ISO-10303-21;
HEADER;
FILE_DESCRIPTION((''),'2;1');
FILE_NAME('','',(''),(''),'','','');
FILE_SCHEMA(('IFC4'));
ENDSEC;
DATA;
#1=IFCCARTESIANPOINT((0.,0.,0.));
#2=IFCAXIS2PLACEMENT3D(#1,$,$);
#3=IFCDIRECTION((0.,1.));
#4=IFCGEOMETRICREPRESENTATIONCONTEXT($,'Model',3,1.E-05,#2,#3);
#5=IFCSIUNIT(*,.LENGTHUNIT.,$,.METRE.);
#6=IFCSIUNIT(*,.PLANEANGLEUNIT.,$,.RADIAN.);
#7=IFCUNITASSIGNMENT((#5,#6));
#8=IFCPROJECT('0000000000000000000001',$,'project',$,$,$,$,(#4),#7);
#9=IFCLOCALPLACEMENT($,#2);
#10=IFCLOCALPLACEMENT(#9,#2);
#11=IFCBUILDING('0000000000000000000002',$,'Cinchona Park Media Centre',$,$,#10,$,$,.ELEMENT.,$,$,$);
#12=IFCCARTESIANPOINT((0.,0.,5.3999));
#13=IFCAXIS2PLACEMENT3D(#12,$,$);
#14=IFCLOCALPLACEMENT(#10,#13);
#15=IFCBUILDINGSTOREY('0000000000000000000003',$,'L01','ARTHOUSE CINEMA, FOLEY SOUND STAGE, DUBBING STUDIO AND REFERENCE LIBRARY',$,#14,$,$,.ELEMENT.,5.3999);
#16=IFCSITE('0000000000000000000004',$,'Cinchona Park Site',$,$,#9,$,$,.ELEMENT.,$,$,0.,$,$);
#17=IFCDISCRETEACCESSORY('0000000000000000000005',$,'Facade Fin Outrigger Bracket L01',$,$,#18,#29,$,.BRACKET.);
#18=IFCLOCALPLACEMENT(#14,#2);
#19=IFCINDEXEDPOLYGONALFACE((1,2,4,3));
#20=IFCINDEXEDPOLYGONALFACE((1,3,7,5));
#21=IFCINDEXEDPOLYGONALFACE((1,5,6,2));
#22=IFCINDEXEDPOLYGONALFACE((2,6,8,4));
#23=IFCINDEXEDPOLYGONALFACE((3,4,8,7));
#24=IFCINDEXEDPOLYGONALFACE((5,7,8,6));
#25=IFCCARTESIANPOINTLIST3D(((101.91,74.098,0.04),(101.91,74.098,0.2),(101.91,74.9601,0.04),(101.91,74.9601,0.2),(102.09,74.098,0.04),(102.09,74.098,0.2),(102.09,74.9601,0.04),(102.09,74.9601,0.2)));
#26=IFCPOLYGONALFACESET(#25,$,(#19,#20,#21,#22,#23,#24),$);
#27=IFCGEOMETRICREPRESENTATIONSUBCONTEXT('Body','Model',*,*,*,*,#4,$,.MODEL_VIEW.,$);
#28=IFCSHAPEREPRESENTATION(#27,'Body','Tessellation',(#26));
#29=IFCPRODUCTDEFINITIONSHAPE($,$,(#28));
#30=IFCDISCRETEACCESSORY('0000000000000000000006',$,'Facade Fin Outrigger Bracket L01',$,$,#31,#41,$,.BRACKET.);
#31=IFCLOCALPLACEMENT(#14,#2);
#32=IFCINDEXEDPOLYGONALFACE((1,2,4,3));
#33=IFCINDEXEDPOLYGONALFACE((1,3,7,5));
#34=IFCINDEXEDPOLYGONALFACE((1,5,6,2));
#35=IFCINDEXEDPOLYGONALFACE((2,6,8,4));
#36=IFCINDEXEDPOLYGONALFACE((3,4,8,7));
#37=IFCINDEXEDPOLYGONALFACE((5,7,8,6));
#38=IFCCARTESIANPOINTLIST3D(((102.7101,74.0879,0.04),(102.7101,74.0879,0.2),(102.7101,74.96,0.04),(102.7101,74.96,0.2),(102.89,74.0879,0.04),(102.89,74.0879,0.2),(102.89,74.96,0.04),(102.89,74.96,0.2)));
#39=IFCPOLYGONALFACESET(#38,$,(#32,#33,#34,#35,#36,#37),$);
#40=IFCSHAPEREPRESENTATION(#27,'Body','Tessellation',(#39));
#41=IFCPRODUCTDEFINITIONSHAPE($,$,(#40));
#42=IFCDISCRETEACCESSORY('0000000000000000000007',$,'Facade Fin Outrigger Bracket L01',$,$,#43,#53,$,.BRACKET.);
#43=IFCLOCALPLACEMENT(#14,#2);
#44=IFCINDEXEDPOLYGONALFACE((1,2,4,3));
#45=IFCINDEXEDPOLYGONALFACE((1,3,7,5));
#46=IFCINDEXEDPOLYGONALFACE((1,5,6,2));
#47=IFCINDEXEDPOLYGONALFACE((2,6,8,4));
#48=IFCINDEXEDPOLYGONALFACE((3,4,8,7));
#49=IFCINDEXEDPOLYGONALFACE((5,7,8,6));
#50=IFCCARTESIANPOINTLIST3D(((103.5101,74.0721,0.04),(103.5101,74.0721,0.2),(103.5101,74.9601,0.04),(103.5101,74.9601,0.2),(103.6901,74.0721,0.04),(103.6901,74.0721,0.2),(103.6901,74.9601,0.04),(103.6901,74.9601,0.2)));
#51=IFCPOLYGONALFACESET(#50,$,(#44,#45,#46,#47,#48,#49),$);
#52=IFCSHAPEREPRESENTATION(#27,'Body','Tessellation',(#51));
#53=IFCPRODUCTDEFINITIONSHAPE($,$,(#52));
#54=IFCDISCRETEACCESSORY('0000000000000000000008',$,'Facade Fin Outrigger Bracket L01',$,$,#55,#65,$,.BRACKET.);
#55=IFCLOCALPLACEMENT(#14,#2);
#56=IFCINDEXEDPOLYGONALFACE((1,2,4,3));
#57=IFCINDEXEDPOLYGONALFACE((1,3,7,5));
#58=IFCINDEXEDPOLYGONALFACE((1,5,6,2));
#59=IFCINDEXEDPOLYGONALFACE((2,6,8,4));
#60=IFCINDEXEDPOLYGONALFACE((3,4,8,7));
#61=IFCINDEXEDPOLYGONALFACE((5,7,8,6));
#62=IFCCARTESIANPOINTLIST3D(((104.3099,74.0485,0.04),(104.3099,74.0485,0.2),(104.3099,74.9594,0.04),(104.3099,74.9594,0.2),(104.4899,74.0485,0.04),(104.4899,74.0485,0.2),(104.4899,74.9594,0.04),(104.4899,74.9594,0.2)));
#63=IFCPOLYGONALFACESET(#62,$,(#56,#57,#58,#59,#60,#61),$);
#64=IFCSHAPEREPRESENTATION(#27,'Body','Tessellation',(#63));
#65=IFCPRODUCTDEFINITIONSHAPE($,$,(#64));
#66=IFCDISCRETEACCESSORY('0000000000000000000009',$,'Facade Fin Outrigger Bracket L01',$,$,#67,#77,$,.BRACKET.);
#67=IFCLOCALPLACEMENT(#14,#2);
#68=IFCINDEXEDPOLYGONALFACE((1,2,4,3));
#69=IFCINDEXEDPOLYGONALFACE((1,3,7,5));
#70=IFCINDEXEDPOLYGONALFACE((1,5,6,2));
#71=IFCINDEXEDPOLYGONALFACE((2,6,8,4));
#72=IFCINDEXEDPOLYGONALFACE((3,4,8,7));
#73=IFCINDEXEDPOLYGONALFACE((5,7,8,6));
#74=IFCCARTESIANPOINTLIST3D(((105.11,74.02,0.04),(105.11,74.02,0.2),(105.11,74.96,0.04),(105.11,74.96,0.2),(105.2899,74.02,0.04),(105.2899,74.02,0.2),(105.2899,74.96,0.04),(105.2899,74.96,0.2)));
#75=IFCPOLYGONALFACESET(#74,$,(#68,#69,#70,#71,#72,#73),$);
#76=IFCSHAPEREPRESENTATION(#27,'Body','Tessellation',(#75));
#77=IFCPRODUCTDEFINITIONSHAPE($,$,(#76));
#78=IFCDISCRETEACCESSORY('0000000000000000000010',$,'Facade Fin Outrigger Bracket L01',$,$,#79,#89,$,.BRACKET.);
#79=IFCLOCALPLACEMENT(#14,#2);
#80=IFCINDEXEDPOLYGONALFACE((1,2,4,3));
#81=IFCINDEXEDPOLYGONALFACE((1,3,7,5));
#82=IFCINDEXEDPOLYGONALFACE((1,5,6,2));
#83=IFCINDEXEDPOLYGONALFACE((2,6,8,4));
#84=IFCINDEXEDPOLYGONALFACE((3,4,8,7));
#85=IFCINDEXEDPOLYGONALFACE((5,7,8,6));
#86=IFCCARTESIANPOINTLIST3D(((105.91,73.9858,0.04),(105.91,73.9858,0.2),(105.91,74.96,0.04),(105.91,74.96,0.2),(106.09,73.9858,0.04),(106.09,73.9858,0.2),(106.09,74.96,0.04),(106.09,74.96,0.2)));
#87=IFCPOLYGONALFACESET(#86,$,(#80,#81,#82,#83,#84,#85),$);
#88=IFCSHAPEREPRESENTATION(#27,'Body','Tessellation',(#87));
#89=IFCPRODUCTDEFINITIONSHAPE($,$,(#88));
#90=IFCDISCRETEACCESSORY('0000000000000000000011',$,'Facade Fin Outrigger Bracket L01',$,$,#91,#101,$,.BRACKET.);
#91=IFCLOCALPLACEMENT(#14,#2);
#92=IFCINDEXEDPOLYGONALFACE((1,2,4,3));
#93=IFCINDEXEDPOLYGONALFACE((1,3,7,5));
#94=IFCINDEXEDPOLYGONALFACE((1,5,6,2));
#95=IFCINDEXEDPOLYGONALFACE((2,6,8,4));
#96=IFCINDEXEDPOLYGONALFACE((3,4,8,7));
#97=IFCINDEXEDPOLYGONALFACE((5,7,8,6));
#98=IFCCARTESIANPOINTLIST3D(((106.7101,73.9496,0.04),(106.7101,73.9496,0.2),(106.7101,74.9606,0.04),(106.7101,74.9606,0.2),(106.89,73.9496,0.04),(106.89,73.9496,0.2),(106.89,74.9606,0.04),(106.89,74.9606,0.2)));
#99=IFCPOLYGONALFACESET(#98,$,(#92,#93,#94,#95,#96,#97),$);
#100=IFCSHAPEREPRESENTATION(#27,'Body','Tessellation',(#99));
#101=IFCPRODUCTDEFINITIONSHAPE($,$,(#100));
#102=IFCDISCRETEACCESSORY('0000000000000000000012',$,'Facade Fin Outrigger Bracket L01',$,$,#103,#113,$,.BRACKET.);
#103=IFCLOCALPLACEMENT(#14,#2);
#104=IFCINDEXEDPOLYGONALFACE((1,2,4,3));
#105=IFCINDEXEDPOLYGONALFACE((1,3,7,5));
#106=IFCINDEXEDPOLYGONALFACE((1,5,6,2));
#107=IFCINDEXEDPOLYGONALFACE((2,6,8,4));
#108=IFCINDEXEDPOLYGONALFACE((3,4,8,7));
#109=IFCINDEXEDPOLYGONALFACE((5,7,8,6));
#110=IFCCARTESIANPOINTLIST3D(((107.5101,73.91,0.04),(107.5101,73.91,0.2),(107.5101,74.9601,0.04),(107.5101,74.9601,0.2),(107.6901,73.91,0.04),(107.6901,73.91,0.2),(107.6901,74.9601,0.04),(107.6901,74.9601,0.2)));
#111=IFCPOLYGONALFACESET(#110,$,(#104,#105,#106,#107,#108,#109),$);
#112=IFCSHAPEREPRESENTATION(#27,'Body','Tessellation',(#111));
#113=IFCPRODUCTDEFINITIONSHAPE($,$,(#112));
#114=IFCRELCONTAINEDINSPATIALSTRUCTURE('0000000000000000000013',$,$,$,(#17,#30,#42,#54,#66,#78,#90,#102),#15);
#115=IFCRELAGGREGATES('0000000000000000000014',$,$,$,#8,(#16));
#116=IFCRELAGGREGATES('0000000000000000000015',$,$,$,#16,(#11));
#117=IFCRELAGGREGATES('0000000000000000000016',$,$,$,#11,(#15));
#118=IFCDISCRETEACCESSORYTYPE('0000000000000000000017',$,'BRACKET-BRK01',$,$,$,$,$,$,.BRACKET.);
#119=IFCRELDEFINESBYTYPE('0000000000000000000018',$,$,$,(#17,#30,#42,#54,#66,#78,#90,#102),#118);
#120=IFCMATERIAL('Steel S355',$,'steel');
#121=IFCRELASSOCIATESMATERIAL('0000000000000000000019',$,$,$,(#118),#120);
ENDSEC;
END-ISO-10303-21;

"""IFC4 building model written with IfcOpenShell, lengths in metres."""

from ifc_helpers import new_model, si_unit, direction, frame, origin, origin_2d, place, context, subcontext, project, spatial, rectangle, extrude, material, type_object, element, save


model = new_model("IFC4")

# Units and contexts
model_context = context("Model", 3, precision=1e-05, world=origin(), true_north=direction((0.0, 1.0)))
body_context = subcontext(model_context, "Body", "Model", "MODEL_VIEW")
ifc_project = project(units=[si_unit("LENGTHUNIT", "METRE"), si_unit("PLANEANGLEUNIT", "RADIAN")], contexts=[model_context])

# Site, building, storey
site_placement = place(None, origin())
site = spatial("IfcSite", under=ifc_project, at=site_placement, Name="Cinchona Park Site", CompositionType="ELEMENT", RefElevation=0.0)
building_placement = place(site_placement, origin())
building = spatial("IfcBuilding", under=site, at=building_placement, Name="Cinchona Park Media Centre", CompositionType="ELEMENT")
storey_placement = place(building_placement, frame((0.0, 0.0, 5.3999)))
storey = spatial("IfcBuildingStorey", under=building, at=storey_placement, Name="L01", Description="ARTHOUSE CINEMA, FOLEY SOUND STAGE, DUBBING STUDIO AND REFERENCE LIBRARY", CompositionType="ELEMENT", Elevation=5.3999)

# Discrete accessories
ifc_material_1 = material(Name="Steel S355", Category="steel")
discrete_accessory_type = type_object("IfcDiscreteAccessoryType", Name="BRACKET-BRK01", PredefinedType="BRACKET", material=ifc_material_1)
discrete_accessory_1_placement = place(storey_placement, frame((102.0, 74.5291, 0.04), z_axis=(0.0, 0.0, 1.0), x_axis=(1.0, 0.0, 0.0)))
element("IfcDiscreteAccessory", 1, at=discrete_accessory_1_placement, inside=storey, type_object=discrete_accessory_type, Name="Facade Fin Outrigger Bracket L01", PredefinedType="BRACKET", context=body_context, shape_type="SweptSolid", body=[
    extrude(rectangle(XDim=0.1799, YDim=0.8621, at=origin_2d()), origin(), (0.0, 0.0, 1.0), 0.1599),
])
discrete_accessory_2_placement = place(storey_placement, frame((102.8, 74.5239, 0.04), z_axis=(0.0, 0.0, 1.0), x_axis=(1.0, 0.0, 0.0)))
element("IfcDiscreteAccessory", 2, at=discrete_accessory_2_placement, inside=storey, type_object=discrete_accessory_type, Name="Facade Fin Outrigger Bracket L01", PredefinedType="BRACKET", context=body_context, shape_type="SweptSolid", body=[
    extrude(rectangle(XDim=0.1799, YDim=0.8721, at=origin_2d()), origin(), (0.0, 0.0, 1.0), 0.1599),
])
discrete_accessory_3_placement = place(storey_placement, frame((103.6001, 74.5161, 0.04), z_axis=(0.0, 0.0, 1.0), x_axis=(1.0, 0.0, 0.0)))
element("IfcDiscreteAccessory", 3, at=discrete_accessory_3_placement, inside=storey, type_object=discrete_accessory_type, Name="Facade Fin Outrigger Bracket L01", PredefinedType="BRACKET", context=body_context, shape_type="SweptSolid", body=[
    extrude(rectangle(XDim=0.1799, YDim=0.8879, at=origin_2d()), origin(), (0.0, 0.0, 1.0), 0.1599),
])
discrete_accessory_4_placement = place(storey_placement, frame((104.3999, 74.5039, 0.04), z_axis=(0.0, 0.0, 1.0), x_axis=(1.0, 0.0, 0.0)))
element("IfcDiscreteAccessory", 4, at=discrete_accessory_4_placement, inside=storey, type_object=discrete_accessory_type, Name="Facade Fin Outrigger Bracket L01", PredefinedType="BRACKET", context=body_context, shape_type="SweptSolid", body=[
    extrude(rectangle(XDim=0.1799, YDim=0.9109, at=origin_2d()), origin(), (0.0, 0.0, 1.0), 0.1599),
])
discrete_accessory_5_placement = place(storey_placement, frame((105.2, 74.49, 0.04), z_axis=(0.0, 0.0, 1.0), x_axis=(1.0, 0.0, 0.0)))
element("IfcDiscreteAccessory", 5, at=discrete_accessory_5_placement, inside=storey, type_object=discrete_accessory_type, Name="Facade Fin Outrigger Bracket L01", PredefinedType="BRACKET", context=body_context, shape_type="SweptSolid", body=[
    extrude(rectangle(XDim=0.1799, YDim=0.9399, at=origin_2d()), origin(), (0.0, 0.0, 1.0), 0.1599),
])
discrete_accessory_6_placement = place(storey_placement, frame((106.0, 74.4729, 0.04), z_axis=(0.0, 0.0, 1.0), x_axis=(1.0, 0.0, 0.0)))
element("IfcDiscreteAccessory", 6, at=discrete_accessory_6_placement, inside=storey, type_object=discrete_accessory_type, Name="Facade Fin Outrigger Bracket L01", PredefinedType="BRACKET", context=body_context, shape_type="SweptSolid", body=[
    extrude(rectangle(XDim=0.1799, YDim=0.9741, at=origin_2d()), origin(), (0.0, 0.0, 1.0), 0.1599),
])
discrete_accessory_7_placement = place(storey_placement, frame((106.8, 74.4551, 0.04), z_axis=(0.0, 0.0, 1.0), x_axis=(1.0, 0.0, 0.0)))
element("IfcDiscreteAccessory", 7, at=discrete_accessory_7_placement, inside=storey, type_object=discrete_accessory_type, Name="Facade Fin Outrigger Bracket L01", PredefinedType="BRACKET", context=body_context, shape_type="SweptSolid", body=[
    extrude(rectangle(XDim=0.1799, YDim=1.011, at=origin_2d()), origin(), (0.0, 0.0, 1.0), 0.1599),
])
discrete_accessory_8_placement = place(storey_placement, frame((107.6001, 74.4351, 0.04), z_axis=(0.0, 0.0, 1.0), x_axis=(1.0, 0.0, 0.0)))
element("IfcDiscreteAccessory", 8, at=discrete_accessory_8_placement, inside=storey, type_object=discrete_accessory_type, Name="Facade Fin Outrigger Bracket L01", PredefinedType="BRACKET", context=body_context, shape_type="SweptSolid", body=[
    extrude(rectangle(XDim=0.1799, YDim=1.05, at=origin_2d()), origin(), (0.0, 0.0, 1.0), 0.1599),
])

save(model, "model.ifc")
